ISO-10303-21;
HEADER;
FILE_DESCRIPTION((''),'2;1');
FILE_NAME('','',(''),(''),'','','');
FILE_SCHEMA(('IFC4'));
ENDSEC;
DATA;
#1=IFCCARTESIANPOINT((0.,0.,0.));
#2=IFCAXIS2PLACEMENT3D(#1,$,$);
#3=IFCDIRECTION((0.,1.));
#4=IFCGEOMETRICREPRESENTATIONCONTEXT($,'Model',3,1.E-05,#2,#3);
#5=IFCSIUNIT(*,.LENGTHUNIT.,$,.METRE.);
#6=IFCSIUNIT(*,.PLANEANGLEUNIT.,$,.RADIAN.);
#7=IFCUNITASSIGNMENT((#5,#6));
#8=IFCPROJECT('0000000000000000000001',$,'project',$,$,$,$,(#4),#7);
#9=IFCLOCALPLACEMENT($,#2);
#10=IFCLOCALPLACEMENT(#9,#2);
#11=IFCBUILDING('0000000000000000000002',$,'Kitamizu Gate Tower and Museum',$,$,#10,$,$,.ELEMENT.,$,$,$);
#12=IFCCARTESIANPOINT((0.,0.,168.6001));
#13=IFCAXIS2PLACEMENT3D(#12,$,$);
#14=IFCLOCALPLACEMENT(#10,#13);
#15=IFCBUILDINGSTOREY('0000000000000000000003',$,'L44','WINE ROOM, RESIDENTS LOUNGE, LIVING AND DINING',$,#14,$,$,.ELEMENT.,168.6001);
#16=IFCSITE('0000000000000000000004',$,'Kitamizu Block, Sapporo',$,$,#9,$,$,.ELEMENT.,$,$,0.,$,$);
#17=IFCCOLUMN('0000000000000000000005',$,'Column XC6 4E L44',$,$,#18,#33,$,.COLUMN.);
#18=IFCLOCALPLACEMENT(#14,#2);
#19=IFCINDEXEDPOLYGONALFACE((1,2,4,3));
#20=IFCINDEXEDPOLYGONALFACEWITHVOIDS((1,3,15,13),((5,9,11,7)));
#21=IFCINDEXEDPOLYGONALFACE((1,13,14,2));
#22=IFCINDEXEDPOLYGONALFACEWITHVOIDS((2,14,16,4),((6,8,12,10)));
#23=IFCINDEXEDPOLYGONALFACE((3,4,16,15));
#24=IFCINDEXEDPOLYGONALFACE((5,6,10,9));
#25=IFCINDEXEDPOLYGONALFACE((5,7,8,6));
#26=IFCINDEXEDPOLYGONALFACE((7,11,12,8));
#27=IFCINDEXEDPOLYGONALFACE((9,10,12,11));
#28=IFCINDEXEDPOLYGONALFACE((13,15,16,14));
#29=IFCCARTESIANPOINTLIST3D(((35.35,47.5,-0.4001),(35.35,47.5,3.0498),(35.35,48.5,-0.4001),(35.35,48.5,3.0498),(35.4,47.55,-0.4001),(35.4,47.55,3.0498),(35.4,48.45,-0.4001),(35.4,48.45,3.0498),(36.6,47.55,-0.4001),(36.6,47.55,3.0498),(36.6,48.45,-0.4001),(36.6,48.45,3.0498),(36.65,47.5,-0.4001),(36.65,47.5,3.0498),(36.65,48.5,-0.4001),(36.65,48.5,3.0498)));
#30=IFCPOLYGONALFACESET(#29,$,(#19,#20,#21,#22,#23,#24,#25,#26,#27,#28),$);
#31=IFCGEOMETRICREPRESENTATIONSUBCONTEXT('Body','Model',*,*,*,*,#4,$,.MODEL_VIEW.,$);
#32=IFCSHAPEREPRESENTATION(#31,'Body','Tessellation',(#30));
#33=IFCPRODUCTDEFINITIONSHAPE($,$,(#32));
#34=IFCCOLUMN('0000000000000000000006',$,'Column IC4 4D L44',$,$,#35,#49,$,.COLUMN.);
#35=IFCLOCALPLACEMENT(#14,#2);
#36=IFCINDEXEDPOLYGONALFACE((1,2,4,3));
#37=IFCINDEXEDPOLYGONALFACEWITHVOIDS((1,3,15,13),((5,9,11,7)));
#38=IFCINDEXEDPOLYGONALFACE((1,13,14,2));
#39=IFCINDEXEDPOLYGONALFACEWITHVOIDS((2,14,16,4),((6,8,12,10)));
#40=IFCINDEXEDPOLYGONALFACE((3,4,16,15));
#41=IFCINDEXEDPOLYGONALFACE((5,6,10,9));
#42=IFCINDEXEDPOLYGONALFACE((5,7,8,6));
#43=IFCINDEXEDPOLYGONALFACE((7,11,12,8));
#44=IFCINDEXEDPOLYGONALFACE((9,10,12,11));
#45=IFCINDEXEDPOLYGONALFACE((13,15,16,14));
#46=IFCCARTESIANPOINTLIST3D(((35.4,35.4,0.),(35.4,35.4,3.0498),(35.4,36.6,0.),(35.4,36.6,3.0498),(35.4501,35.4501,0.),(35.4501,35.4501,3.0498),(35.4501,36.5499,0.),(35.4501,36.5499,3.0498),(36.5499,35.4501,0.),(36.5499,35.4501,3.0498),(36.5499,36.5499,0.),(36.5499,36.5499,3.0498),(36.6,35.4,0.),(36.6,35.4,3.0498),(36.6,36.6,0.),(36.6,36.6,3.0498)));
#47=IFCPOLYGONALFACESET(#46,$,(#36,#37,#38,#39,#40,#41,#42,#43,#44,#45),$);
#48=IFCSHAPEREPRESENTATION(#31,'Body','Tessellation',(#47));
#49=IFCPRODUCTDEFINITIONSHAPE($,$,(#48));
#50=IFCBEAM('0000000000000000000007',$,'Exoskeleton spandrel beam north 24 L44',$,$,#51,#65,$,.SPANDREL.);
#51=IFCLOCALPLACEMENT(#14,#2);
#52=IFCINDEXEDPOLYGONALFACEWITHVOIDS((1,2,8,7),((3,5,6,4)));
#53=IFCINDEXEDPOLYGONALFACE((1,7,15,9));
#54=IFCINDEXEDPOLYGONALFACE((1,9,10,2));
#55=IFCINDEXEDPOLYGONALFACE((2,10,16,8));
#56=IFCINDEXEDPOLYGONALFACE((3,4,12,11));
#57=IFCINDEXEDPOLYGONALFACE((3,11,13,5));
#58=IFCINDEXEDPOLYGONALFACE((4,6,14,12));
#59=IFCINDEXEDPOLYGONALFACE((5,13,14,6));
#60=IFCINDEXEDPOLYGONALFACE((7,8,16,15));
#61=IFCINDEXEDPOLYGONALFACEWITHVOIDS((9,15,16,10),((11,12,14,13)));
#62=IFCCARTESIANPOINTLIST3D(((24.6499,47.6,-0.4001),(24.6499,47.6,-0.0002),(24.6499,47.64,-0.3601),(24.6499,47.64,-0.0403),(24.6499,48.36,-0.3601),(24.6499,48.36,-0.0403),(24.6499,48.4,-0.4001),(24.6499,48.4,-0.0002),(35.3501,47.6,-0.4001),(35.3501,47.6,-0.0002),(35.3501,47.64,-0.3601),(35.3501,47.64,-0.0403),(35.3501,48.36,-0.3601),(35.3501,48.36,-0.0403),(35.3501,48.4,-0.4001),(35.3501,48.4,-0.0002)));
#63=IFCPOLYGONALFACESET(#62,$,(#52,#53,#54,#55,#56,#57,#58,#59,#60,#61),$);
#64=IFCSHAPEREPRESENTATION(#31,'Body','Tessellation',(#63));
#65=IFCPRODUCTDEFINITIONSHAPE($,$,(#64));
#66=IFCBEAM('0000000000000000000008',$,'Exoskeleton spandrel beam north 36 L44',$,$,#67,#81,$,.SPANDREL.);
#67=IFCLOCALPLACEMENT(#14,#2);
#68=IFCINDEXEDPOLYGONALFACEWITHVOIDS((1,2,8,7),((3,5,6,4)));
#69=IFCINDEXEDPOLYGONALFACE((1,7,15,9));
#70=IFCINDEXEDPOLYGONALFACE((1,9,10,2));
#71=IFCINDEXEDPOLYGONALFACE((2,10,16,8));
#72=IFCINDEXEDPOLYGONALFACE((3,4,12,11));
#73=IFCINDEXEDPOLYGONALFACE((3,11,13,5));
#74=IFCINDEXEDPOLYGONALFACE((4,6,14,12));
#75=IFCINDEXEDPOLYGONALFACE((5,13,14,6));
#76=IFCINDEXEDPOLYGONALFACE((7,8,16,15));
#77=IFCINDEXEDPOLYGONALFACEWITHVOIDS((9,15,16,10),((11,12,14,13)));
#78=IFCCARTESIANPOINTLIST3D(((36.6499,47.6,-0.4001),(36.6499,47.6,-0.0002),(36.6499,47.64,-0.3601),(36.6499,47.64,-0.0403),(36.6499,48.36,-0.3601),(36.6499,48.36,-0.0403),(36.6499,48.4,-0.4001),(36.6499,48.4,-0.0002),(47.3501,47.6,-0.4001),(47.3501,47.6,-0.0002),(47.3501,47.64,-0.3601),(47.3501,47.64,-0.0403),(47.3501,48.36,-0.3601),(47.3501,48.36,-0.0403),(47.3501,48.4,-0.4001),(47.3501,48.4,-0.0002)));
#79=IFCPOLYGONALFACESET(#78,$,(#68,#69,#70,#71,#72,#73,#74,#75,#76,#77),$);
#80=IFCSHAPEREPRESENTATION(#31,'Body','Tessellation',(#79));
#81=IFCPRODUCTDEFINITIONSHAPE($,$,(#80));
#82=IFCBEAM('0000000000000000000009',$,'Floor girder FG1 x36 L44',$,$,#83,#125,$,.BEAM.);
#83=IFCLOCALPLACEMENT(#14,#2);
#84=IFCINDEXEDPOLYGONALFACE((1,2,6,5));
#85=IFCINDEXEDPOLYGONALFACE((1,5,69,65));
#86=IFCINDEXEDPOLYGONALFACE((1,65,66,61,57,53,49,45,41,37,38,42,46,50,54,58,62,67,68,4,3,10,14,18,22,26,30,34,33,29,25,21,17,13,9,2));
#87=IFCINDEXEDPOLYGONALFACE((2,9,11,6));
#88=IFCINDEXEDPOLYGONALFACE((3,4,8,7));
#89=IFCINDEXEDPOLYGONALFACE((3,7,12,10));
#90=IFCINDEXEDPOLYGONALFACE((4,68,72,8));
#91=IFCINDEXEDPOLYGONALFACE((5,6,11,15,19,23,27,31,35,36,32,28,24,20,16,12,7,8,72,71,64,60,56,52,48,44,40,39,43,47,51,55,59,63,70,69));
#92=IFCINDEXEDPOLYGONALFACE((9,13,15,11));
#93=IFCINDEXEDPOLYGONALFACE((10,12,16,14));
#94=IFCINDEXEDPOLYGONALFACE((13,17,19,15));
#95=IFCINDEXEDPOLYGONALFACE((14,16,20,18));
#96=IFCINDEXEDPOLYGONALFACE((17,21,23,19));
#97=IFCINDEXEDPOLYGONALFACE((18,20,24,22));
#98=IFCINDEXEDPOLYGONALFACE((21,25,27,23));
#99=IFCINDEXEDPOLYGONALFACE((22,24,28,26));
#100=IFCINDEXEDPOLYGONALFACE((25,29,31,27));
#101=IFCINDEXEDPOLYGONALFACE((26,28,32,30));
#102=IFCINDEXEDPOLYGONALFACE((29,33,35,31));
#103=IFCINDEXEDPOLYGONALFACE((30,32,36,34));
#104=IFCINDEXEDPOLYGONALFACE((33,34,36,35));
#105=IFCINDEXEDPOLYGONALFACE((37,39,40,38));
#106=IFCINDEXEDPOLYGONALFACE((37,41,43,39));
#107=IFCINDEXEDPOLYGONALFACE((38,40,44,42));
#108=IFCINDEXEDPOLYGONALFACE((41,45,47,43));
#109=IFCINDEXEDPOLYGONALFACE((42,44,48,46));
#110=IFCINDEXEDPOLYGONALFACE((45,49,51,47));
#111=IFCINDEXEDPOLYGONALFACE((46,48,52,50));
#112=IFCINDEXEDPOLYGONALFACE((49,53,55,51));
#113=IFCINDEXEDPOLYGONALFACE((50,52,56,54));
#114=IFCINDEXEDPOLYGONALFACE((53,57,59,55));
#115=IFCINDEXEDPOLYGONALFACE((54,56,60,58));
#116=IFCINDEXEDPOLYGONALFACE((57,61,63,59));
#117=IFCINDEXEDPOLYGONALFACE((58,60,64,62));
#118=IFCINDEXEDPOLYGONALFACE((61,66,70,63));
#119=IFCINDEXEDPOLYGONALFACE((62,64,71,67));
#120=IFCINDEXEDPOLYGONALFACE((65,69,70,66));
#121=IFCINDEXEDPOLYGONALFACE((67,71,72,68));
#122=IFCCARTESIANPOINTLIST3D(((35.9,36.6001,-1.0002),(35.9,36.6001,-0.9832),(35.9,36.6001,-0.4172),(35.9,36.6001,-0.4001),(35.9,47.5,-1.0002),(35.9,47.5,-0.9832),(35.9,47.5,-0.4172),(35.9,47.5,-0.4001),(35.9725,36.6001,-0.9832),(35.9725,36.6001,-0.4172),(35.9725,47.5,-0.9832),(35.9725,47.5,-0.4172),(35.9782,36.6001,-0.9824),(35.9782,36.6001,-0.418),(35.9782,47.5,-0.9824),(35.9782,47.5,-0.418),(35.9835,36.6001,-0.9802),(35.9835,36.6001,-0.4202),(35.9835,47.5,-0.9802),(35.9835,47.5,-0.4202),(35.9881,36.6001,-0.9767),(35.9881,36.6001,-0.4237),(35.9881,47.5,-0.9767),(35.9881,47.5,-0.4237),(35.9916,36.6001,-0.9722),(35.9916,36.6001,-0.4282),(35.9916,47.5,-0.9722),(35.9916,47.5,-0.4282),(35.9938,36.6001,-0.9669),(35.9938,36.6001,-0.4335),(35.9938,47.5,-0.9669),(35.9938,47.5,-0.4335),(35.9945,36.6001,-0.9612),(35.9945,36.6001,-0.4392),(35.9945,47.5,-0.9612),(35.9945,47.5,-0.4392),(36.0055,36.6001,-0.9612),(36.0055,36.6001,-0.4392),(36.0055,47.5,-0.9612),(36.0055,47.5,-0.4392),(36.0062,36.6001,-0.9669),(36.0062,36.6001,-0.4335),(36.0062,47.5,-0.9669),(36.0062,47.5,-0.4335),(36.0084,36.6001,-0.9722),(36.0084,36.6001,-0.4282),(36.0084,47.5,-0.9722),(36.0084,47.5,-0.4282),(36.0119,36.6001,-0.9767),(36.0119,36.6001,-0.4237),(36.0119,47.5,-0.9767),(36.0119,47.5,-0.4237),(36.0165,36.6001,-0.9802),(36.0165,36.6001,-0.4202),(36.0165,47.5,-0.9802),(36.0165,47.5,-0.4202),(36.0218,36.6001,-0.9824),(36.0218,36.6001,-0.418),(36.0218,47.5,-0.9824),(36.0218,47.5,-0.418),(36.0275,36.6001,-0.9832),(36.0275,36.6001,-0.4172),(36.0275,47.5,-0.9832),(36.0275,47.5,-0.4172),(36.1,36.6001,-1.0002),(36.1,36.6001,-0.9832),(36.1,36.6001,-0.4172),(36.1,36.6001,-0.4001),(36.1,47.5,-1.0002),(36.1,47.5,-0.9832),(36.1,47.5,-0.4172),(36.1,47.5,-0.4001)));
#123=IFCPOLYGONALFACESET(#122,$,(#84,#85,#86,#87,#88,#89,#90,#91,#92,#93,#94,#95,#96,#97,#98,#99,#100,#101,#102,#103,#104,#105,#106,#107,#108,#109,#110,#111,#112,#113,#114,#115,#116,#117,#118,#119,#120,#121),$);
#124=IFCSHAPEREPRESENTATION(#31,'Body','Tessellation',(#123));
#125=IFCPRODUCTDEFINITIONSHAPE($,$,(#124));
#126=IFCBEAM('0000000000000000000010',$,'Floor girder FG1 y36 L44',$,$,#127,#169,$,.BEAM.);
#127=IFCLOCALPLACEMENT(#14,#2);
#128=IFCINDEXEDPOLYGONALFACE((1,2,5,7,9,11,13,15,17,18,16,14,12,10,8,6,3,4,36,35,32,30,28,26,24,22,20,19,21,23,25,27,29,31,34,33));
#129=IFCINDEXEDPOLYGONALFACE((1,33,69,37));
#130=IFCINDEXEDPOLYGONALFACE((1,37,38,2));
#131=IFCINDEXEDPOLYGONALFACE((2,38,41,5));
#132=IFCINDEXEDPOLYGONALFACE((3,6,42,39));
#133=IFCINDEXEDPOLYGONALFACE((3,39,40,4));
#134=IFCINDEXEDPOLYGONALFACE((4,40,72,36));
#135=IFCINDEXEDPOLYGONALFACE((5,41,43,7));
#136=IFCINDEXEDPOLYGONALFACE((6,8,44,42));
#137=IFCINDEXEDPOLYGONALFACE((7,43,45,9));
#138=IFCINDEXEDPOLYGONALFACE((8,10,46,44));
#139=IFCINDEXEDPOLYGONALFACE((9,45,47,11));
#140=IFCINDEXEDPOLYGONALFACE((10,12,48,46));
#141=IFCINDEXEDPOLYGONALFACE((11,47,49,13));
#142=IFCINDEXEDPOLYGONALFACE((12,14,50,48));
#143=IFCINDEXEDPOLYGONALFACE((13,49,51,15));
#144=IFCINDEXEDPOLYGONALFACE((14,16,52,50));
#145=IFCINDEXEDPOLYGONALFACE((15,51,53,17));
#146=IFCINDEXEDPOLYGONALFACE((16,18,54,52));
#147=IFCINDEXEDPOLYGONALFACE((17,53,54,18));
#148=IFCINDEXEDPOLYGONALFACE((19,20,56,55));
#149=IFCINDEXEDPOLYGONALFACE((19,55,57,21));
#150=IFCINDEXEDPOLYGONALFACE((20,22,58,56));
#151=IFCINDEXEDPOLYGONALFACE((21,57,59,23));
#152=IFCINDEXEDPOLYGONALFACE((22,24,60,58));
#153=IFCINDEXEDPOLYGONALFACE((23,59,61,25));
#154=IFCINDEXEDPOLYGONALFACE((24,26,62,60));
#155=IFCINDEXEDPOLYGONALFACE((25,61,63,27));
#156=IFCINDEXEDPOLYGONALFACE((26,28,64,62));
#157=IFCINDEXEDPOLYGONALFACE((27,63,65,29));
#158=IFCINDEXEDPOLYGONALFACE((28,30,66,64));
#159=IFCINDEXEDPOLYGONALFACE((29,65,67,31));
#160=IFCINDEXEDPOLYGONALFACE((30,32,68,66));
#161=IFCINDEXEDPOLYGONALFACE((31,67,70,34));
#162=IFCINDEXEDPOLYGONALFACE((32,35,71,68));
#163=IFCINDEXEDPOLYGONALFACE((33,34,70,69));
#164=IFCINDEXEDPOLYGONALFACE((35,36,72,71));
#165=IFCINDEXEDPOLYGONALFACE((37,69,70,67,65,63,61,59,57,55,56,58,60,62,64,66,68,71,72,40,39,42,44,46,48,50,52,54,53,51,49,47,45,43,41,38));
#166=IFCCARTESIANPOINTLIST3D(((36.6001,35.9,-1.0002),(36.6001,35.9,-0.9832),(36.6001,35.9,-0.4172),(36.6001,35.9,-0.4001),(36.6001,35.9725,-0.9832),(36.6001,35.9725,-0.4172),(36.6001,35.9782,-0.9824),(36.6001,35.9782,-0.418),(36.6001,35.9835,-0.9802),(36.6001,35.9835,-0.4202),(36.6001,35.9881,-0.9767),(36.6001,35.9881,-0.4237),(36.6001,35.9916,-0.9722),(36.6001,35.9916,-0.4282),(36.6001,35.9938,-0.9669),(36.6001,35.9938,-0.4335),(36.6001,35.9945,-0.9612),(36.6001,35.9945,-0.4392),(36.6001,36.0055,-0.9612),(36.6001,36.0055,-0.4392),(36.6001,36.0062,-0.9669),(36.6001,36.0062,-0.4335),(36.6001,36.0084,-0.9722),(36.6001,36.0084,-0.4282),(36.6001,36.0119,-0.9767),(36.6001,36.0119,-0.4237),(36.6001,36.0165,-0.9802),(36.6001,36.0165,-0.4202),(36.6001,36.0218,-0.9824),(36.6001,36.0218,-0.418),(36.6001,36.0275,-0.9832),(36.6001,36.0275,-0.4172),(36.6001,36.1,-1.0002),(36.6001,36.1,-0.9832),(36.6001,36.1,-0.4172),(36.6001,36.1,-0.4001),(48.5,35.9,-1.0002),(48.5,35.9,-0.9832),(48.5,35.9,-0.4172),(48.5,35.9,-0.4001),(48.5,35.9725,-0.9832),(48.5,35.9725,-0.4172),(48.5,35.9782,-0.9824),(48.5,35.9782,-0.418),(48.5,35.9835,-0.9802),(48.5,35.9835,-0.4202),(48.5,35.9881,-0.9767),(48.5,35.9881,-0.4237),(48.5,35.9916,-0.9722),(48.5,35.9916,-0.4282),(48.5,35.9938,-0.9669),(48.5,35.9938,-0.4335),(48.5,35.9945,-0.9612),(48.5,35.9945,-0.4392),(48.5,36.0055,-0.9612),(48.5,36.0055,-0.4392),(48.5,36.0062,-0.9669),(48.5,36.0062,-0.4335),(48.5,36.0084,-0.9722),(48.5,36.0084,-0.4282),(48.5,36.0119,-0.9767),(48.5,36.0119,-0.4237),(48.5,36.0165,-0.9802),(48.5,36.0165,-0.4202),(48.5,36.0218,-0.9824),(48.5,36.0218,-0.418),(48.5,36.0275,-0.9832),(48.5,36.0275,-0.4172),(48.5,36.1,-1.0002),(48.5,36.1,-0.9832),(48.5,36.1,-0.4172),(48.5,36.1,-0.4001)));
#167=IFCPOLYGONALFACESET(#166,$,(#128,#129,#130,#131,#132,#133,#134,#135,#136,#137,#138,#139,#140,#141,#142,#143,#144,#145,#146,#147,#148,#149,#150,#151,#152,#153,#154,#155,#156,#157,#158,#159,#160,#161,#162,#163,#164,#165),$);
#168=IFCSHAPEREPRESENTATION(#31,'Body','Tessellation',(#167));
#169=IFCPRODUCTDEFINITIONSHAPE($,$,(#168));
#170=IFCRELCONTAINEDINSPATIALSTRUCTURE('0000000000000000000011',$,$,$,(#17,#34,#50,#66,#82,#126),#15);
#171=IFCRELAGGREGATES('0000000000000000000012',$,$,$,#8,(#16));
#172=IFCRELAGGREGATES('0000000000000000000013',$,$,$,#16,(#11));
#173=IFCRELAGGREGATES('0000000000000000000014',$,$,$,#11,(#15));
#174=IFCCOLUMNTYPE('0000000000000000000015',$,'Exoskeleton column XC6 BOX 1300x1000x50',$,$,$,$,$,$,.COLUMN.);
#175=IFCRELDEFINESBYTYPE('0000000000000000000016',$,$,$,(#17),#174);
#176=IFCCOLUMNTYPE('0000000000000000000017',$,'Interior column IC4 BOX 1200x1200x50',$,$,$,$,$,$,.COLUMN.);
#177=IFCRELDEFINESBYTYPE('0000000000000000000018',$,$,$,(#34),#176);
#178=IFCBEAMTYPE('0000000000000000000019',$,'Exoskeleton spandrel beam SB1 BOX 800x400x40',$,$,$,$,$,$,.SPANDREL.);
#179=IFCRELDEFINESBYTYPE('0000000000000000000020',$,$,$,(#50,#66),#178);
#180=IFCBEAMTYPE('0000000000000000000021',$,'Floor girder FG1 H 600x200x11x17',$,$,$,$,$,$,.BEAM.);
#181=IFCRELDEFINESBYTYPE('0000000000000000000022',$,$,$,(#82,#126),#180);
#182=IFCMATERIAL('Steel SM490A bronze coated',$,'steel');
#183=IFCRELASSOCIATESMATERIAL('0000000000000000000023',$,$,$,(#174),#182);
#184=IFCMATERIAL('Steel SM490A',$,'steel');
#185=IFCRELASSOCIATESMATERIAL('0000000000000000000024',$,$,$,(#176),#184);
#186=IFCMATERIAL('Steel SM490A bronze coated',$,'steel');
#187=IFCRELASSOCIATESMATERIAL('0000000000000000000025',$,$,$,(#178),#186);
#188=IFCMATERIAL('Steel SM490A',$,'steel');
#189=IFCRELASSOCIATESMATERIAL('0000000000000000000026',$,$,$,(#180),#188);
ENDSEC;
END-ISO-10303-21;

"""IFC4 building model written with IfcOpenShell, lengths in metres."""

from ifc_helpers import new_model, si_unit, direction, frame, origin, origin_2d, place, context, subcontext, project, spatial, hollow_rectangle, i_section, extrude, material, material_profile, profile_set, type_object, element, save


model = new_model("IFC4")

# Units and contexts
model_context = context("Model", 3, precision=1e-05, world=origin(), true_north=direction((0.0, 1.0)))
body_context = subcontext(model_context, "Body", "Model", "MODEL_VIEW")
ifc_project = project(units=[si_unit("LENGTHUNIT", "METRE"), si_unit("PLANEANGLEUNIT", "RADIAN")], contexts=[model_context])

# Site, building, storey
site_placement = place(None, origin())
site = spatial("IfcSite", under=ifc_project, at=site_placement, Name="Kitamizu Block, Sapporo", CompositionType="ELEMENT", RefElevation=0.0)
building_placement = place(site_placement, origin())
building = spatial("IfcBuilding", under=site, at=building_placement, Name="Kitamizu Gate Tower and Museum", CompositionType="ELEMENT")
storey_placement = place(building_placement, frame((0.0, 0.0, 168.6001)))
storey = spatial("IfcBuildingStorey", under=building, at=storey_placement, Name="L44", Description="WINE ROOM, RESIDENTS LOUNGE, LIVING AND DINING", CompositionType="ELEMENT", Elevation=168.6001)

# Columns
ifc_material_1 = material(Name="Steel SM490A bronze coated", Category="steel")
ifc_material_profile_1 = material_profile(ifc_material_1, hollow_rectangle(XDim=1.3, YDim=1.0, WallThickness=0.05, at=origin_2d()), Name="BOX 1300x1000x50")
ifc_profile_set_1 = profile_set([ifc_material_profile_1], Name="Steel SM490A bronze coated")
column_type_1 = type_object("IfcColumnType", Name="Exoskeleton column XC6 BOX 1300x1000x50", PredefinedType="COLUMN", material=ifc_profile_set_1)
column_1_placement = place(storey_placement, frame((36.0, 48.0, -0.4001), z_axis=(0.0, 0.0, 1.0), x_axis=(1.0, 0.0, 0.0)))
element("IfcColumn", 1, at=column_1_placement, inside=storey, type_object=column_type_1, Name="Column XC6 4E L44", PredefinedType="COLUMN", context=body_context, shape_type="SweptSolid", body=[
    extrude(hollow_rectangle(XDim=1.3, YDim=1.0, WallThickness=0.05, at=origin_2d()), origin(), (0.0, 0.0, 1.0), 3.45),
])
ifc_material_2 = material(Name="Steel SM490A", Category="steel")
ifc_material_profile_2 = material_profile(ifc_material_2, hollow_rectangle(XDim=1.2, YDim=1.2, WallThickness=0.05, at=origin_2d()), Name="BOX 1200x1200x50")
ifc_profile_set_2 = profile_set([ifc_material_profile_2], Name="Steel SM490A")
column_type_2 = type_object("IfcColumnType", Name="Interior column IC4 BOX 1200x1200x50", PredefinedType="COLUMN", material=ifc_profile_set_2)
column_2_placement = place(storey_placement, frame((36.0, 36.0, 0.0), z_axis=(0.0, 0.0, 1.0), x_axis=(1.0, 0.0, 0.0)))
element("IfcColumn", 2, at=column_2_placement, inside=storey, type_object=column_type_2, Name="Column IC4 4D L44", PredefinedType="COLUMN", context=body_context, shape_type="SweptSolid", body=[
    extrude(hollow_rectangle(XDim=1.2, YDim=1.2, WallThickness=0.05, at=origin_2d()), origin(), (0.0, 0.0, 1.0), 3.0498),
])

# Beams
ifc_material_3 = material(Name="Steel SM490A bronze coated", Category="steel")
ifc_material_profile_3 = material_profile(ifc_material_3, hollow_rectangle(XDim=0.8, YDim=0.3999, WallThickness=0.04, at=origin_2d()), Name="BOX 800x400x40")
ifc_profile_set_3 = profile_set([ifc_material_profile_3], Name="Steel SM490A bronze coated")
beam_type_1 = type_object("IfcBeamType", Name="Exoskeleton spandrel beam SB1 BOX 800x400x40", PredefinedType="SPANDREL", material=ifc_profile_set_3)
for number, where, z_axis, x_axis, name in (
    (3, (24.6499, 48.0, -0.2002), (1.0, 0.0, 0.0), (0.0, 1.0, 0.0), "Exoskeleton spandrel beam north 24 L44"),
    (4, (36.6499, 48.0, -0.2002), (1.0, 0.0, 0.0), (0.0, 1.0, 0.0), "Exoskeleton spandrel beam north 36 L44"),
):
    element("IfcBeam", number, at=place(storey_placement, frame(where, z_axis=z_axis, x_axis=x_axis)), inside=storey, type_object=beam_type_1, Name=name, PredefinedType="SPANDREL", context=body_context, shape_type="SweptSolid", body=[
        extrude(hollow_rectangle(XDim=0.8, YDim=0.3999, WallThickness=0.04, at=origin_2d()), origin(), (0.0, 0.0, 1.0), 10.7002),
    ])
ifc_material_4 = material(Name="Steel SM490A", Category="steel")
ifc_material_profile_4 = material_profile(ifc_material_4, i_section(OverallWidth=0.2, OverallDepth=0.6001, WebThickness=0.011, FlangeThickness=0.0171, FilletRadius=0.022, at=origin_2d()), Name="H-600x200x11x17")
ifc_profile_set_4 = profile_set([ifc_material_profile_4], Name="Steel SM490A")
beam_type_2 = type_object("IfcBeamType", Name="Floor girder FG1 H 600x200x11x17", PredefinedType="BEAM", material=ifc_profile_set_4)
beam_1_placement = place(storey_placement, frame((36.0, 36.6001, -0.7002), z_axis=(0.0, 1.0, 0.0), x_axis=(-1.0, 0.0, 0.0)))
element("IfcBeam", 5, at=beam_1_placement, inside=storey, type_object=beam_type_2, Name="Floor girder FG1 x36 L44", PredefinedType="BEAM", context=body_context, shape_type="SweptSolid", body=[
    extrude(i_section(OverallWidth=0.2, OverallDepth=0.6001, WebThickness=0.011, FlangeThickness=0.0171, FilletRadius=0.022, at=origin_2d()), origin(), (0.0, 0.0, 1.0), 10.8999),
])
beam_2_placement = place(storey_placement, frame((36.6001, 36.0, -0.7002), z_axis=(1.0, 0.0, 0.0), x_axis=(0.0, 1.0, 0.0)))
element("IfcBeam", 6, at=beam_2_placement, inside=storey, type_object=beam_type_2, Name="Floor girder FG1 y36 L44", PredefinedType="BEAM", context=body_context, shape_type="SweptSolid", body=[
    extrude(i_section(OverallWidth=0.2, OverallDepth=0.6001, WebThickness=0.011, FlangeThickness=0.0171, FilletRadius=0.022, at=origin_2d()), origin(), (0.0, 0.0, 1.0), 11.8999),
])

save(model, "model.ifc")
